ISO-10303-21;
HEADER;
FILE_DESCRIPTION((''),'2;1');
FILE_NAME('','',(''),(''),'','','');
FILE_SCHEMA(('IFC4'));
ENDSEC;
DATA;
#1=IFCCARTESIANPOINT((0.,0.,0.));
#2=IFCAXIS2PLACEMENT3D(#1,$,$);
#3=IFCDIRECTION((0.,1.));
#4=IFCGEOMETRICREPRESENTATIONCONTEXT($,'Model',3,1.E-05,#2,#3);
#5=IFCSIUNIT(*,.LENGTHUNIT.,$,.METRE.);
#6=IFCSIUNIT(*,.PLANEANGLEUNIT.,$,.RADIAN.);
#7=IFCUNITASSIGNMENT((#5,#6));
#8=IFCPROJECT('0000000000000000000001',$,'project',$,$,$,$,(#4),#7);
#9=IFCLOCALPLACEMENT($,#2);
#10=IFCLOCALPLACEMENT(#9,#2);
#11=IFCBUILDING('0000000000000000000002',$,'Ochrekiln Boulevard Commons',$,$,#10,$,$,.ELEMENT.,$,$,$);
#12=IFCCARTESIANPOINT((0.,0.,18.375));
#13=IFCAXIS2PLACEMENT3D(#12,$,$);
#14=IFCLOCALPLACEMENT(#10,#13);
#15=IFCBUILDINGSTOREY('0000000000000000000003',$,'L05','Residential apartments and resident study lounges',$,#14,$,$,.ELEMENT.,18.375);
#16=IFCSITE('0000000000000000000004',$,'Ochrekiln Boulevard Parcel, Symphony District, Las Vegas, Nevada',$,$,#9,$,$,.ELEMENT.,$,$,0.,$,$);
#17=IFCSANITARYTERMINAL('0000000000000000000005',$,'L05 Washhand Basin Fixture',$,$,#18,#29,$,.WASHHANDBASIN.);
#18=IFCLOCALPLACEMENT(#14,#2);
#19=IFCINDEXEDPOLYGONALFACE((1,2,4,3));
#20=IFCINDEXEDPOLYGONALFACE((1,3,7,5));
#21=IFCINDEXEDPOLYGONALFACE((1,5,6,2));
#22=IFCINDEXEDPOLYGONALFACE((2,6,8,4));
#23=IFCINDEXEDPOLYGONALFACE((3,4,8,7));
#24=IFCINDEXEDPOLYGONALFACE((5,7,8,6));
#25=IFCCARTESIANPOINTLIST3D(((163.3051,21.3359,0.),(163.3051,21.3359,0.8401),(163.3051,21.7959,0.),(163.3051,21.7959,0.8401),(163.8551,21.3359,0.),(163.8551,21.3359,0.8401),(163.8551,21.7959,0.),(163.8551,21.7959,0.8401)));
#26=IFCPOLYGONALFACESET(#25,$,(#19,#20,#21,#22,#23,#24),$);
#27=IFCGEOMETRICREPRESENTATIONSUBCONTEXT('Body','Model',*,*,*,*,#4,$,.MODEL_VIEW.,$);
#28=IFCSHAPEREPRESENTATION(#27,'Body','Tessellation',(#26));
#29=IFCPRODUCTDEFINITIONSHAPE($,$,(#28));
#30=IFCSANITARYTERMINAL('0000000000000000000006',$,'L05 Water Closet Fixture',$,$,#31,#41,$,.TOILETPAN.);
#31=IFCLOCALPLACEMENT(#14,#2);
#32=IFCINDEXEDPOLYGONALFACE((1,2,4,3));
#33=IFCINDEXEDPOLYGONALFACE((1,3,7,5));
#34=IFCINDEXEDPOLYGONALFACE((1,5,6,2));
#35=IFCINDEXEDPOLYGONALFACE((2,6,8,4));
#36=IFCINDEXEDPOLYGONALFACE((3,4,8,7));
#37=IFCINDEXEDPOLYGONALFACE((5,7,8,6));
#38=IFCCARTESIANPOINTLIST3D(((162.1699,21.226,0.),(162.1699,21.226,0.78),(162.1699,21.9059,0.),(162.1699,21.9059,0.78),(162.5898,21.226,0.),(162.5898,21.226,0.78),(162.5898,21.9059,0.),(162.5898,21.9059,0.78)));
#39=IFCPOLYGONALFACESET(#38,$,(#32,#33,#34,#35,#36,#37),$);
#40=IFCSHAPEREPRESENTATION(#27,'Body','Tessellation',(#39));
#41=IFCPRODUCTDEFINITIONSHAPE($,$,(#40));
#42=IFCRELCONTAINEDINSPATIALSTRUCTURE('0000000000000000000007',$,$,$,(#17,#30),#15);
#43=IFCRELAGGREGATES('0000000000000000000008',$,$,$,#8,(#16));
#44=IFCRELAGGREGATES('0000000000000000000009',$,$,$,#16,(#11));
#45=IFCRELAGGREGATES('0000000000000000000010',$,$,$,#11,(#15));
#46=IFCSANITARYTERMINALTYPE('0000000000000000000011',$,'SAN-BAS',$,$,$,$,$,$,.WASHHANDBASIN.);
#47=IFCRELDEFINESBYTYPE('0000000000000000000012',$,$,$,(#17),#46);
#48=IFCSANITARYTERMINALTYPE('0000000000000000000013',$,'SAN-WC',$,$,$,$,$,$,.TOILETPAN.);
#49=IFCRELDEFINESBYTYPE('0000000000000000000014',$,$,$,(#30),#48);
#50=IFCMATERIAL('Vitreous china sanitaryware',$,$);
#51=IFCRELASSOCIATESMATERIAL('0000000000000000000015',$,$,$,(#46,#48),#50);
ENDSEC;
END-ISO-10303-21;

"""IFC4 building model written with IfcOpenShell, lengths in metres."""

from ifc_helpers import new_model, si_unit, direction, frame, origin, origin_2d, place, context, subcontext, project, spatial, rectangle, extrude, material, type_object, element, save


model = new_model("IFC4")

# Units and contexts
model_context = context("Model", 3, precision=1e-05, world=origin(), true_north=direction((0.0, 1.0)))
body_context = subcontext(model_context, "Body", "Model", "MODEL_VIEW")
ifc_project = project(units=[si_unit("LENGTHUNIT", "METRE"), si_unit("PLANEANGLEUNIT", "RADIAN")], contexts=[model_context])

# Site, building, storey
site_placement = place(None, origin())
site = spatial("IfcSite", under=ifc_project, at=site_placement, Name="Ochrekiln Boulevard Parcel, Symphony District, Las Vegas, Nevada", CompositionType="ELEMENT", RefElevation=0.0)
building_placement = place(site_placement, origin())
building = spatial("IfcBuilding", under=site, at=building_placement, Name="Ochrekiln Boulevard Commons", CompositionType="ELEMENT")
storey_placement = place(building_placement, frame((0.0, 0.0, 18.375)))
storey = spatial("IfcBuildingStorey", under=building, at=storey_placement, Name="L05", Description="Residential apartments and resident study lounges", CompositionType="ELEMENT", Elevation=18.375)

# Sanitary terminals
ifc_material_1 = material(Name="Vitreous china sanitaryware")
sanitary_terminal_type_1 = type_object("IfcSanitaryTerminalType", Name="SAN-BAS", PredefinedType="WASHHANDBASIN", material=ifc_material_1)
for number, where, z_axis, x_axis, name in (
    (1, (163.5801, 21.5659, 0.0), (0.0, 0.0, 1.0), (1.0, 0.0, 0.0), "L05 Washhand Basin Fixture"),
):
    element("IfcSanitaryTerminal", number, at=place(storey_placement, frame(where, z_axis=z_axis, x_axis=x_axis)), inside=storey, type_object=sanitary_terminal_type_1, Name=name, PredefinedType="WASHHANDBASIN", context=body_context, shape_type="SweptSolid", body=[
        extrude(rectangle(XDim=0.55, YDim=0.46, at=origin_2d()), origin(), (0.0, 0.0, 1.0), 0.8401),
    ])
sanitary_terminal_type_2 = type_object("IfcSanitaryTerminalType", Name="SAN-WC", PredefinedType="TOILETPAN", material=ifc_material_1)
sanitary_terminal_placement = place(storey_placement, frame((162.3799, 21.5659, 0.0), z_axis=(0.0, 0.0, 1.0), x_axis=(1.0, 0.0, 0.0)))
element("IfcSanitaryTerminal", 2, at=sanitary_terminal_placement, inside=storey, type_object=sanitary_terminal_type_2, Name="L05 Water Closet Fixture", PredefinedType="TOILETPAN", context=body_context, shape_type="SweptSolid", body=[
    extrude(rectangle(XDim=0.4199, YDim=0.6799, at=origin_2d()), origin(), (0.0, 0.0, 1.0), 0.78),
])

save(model, "model.ifc")
